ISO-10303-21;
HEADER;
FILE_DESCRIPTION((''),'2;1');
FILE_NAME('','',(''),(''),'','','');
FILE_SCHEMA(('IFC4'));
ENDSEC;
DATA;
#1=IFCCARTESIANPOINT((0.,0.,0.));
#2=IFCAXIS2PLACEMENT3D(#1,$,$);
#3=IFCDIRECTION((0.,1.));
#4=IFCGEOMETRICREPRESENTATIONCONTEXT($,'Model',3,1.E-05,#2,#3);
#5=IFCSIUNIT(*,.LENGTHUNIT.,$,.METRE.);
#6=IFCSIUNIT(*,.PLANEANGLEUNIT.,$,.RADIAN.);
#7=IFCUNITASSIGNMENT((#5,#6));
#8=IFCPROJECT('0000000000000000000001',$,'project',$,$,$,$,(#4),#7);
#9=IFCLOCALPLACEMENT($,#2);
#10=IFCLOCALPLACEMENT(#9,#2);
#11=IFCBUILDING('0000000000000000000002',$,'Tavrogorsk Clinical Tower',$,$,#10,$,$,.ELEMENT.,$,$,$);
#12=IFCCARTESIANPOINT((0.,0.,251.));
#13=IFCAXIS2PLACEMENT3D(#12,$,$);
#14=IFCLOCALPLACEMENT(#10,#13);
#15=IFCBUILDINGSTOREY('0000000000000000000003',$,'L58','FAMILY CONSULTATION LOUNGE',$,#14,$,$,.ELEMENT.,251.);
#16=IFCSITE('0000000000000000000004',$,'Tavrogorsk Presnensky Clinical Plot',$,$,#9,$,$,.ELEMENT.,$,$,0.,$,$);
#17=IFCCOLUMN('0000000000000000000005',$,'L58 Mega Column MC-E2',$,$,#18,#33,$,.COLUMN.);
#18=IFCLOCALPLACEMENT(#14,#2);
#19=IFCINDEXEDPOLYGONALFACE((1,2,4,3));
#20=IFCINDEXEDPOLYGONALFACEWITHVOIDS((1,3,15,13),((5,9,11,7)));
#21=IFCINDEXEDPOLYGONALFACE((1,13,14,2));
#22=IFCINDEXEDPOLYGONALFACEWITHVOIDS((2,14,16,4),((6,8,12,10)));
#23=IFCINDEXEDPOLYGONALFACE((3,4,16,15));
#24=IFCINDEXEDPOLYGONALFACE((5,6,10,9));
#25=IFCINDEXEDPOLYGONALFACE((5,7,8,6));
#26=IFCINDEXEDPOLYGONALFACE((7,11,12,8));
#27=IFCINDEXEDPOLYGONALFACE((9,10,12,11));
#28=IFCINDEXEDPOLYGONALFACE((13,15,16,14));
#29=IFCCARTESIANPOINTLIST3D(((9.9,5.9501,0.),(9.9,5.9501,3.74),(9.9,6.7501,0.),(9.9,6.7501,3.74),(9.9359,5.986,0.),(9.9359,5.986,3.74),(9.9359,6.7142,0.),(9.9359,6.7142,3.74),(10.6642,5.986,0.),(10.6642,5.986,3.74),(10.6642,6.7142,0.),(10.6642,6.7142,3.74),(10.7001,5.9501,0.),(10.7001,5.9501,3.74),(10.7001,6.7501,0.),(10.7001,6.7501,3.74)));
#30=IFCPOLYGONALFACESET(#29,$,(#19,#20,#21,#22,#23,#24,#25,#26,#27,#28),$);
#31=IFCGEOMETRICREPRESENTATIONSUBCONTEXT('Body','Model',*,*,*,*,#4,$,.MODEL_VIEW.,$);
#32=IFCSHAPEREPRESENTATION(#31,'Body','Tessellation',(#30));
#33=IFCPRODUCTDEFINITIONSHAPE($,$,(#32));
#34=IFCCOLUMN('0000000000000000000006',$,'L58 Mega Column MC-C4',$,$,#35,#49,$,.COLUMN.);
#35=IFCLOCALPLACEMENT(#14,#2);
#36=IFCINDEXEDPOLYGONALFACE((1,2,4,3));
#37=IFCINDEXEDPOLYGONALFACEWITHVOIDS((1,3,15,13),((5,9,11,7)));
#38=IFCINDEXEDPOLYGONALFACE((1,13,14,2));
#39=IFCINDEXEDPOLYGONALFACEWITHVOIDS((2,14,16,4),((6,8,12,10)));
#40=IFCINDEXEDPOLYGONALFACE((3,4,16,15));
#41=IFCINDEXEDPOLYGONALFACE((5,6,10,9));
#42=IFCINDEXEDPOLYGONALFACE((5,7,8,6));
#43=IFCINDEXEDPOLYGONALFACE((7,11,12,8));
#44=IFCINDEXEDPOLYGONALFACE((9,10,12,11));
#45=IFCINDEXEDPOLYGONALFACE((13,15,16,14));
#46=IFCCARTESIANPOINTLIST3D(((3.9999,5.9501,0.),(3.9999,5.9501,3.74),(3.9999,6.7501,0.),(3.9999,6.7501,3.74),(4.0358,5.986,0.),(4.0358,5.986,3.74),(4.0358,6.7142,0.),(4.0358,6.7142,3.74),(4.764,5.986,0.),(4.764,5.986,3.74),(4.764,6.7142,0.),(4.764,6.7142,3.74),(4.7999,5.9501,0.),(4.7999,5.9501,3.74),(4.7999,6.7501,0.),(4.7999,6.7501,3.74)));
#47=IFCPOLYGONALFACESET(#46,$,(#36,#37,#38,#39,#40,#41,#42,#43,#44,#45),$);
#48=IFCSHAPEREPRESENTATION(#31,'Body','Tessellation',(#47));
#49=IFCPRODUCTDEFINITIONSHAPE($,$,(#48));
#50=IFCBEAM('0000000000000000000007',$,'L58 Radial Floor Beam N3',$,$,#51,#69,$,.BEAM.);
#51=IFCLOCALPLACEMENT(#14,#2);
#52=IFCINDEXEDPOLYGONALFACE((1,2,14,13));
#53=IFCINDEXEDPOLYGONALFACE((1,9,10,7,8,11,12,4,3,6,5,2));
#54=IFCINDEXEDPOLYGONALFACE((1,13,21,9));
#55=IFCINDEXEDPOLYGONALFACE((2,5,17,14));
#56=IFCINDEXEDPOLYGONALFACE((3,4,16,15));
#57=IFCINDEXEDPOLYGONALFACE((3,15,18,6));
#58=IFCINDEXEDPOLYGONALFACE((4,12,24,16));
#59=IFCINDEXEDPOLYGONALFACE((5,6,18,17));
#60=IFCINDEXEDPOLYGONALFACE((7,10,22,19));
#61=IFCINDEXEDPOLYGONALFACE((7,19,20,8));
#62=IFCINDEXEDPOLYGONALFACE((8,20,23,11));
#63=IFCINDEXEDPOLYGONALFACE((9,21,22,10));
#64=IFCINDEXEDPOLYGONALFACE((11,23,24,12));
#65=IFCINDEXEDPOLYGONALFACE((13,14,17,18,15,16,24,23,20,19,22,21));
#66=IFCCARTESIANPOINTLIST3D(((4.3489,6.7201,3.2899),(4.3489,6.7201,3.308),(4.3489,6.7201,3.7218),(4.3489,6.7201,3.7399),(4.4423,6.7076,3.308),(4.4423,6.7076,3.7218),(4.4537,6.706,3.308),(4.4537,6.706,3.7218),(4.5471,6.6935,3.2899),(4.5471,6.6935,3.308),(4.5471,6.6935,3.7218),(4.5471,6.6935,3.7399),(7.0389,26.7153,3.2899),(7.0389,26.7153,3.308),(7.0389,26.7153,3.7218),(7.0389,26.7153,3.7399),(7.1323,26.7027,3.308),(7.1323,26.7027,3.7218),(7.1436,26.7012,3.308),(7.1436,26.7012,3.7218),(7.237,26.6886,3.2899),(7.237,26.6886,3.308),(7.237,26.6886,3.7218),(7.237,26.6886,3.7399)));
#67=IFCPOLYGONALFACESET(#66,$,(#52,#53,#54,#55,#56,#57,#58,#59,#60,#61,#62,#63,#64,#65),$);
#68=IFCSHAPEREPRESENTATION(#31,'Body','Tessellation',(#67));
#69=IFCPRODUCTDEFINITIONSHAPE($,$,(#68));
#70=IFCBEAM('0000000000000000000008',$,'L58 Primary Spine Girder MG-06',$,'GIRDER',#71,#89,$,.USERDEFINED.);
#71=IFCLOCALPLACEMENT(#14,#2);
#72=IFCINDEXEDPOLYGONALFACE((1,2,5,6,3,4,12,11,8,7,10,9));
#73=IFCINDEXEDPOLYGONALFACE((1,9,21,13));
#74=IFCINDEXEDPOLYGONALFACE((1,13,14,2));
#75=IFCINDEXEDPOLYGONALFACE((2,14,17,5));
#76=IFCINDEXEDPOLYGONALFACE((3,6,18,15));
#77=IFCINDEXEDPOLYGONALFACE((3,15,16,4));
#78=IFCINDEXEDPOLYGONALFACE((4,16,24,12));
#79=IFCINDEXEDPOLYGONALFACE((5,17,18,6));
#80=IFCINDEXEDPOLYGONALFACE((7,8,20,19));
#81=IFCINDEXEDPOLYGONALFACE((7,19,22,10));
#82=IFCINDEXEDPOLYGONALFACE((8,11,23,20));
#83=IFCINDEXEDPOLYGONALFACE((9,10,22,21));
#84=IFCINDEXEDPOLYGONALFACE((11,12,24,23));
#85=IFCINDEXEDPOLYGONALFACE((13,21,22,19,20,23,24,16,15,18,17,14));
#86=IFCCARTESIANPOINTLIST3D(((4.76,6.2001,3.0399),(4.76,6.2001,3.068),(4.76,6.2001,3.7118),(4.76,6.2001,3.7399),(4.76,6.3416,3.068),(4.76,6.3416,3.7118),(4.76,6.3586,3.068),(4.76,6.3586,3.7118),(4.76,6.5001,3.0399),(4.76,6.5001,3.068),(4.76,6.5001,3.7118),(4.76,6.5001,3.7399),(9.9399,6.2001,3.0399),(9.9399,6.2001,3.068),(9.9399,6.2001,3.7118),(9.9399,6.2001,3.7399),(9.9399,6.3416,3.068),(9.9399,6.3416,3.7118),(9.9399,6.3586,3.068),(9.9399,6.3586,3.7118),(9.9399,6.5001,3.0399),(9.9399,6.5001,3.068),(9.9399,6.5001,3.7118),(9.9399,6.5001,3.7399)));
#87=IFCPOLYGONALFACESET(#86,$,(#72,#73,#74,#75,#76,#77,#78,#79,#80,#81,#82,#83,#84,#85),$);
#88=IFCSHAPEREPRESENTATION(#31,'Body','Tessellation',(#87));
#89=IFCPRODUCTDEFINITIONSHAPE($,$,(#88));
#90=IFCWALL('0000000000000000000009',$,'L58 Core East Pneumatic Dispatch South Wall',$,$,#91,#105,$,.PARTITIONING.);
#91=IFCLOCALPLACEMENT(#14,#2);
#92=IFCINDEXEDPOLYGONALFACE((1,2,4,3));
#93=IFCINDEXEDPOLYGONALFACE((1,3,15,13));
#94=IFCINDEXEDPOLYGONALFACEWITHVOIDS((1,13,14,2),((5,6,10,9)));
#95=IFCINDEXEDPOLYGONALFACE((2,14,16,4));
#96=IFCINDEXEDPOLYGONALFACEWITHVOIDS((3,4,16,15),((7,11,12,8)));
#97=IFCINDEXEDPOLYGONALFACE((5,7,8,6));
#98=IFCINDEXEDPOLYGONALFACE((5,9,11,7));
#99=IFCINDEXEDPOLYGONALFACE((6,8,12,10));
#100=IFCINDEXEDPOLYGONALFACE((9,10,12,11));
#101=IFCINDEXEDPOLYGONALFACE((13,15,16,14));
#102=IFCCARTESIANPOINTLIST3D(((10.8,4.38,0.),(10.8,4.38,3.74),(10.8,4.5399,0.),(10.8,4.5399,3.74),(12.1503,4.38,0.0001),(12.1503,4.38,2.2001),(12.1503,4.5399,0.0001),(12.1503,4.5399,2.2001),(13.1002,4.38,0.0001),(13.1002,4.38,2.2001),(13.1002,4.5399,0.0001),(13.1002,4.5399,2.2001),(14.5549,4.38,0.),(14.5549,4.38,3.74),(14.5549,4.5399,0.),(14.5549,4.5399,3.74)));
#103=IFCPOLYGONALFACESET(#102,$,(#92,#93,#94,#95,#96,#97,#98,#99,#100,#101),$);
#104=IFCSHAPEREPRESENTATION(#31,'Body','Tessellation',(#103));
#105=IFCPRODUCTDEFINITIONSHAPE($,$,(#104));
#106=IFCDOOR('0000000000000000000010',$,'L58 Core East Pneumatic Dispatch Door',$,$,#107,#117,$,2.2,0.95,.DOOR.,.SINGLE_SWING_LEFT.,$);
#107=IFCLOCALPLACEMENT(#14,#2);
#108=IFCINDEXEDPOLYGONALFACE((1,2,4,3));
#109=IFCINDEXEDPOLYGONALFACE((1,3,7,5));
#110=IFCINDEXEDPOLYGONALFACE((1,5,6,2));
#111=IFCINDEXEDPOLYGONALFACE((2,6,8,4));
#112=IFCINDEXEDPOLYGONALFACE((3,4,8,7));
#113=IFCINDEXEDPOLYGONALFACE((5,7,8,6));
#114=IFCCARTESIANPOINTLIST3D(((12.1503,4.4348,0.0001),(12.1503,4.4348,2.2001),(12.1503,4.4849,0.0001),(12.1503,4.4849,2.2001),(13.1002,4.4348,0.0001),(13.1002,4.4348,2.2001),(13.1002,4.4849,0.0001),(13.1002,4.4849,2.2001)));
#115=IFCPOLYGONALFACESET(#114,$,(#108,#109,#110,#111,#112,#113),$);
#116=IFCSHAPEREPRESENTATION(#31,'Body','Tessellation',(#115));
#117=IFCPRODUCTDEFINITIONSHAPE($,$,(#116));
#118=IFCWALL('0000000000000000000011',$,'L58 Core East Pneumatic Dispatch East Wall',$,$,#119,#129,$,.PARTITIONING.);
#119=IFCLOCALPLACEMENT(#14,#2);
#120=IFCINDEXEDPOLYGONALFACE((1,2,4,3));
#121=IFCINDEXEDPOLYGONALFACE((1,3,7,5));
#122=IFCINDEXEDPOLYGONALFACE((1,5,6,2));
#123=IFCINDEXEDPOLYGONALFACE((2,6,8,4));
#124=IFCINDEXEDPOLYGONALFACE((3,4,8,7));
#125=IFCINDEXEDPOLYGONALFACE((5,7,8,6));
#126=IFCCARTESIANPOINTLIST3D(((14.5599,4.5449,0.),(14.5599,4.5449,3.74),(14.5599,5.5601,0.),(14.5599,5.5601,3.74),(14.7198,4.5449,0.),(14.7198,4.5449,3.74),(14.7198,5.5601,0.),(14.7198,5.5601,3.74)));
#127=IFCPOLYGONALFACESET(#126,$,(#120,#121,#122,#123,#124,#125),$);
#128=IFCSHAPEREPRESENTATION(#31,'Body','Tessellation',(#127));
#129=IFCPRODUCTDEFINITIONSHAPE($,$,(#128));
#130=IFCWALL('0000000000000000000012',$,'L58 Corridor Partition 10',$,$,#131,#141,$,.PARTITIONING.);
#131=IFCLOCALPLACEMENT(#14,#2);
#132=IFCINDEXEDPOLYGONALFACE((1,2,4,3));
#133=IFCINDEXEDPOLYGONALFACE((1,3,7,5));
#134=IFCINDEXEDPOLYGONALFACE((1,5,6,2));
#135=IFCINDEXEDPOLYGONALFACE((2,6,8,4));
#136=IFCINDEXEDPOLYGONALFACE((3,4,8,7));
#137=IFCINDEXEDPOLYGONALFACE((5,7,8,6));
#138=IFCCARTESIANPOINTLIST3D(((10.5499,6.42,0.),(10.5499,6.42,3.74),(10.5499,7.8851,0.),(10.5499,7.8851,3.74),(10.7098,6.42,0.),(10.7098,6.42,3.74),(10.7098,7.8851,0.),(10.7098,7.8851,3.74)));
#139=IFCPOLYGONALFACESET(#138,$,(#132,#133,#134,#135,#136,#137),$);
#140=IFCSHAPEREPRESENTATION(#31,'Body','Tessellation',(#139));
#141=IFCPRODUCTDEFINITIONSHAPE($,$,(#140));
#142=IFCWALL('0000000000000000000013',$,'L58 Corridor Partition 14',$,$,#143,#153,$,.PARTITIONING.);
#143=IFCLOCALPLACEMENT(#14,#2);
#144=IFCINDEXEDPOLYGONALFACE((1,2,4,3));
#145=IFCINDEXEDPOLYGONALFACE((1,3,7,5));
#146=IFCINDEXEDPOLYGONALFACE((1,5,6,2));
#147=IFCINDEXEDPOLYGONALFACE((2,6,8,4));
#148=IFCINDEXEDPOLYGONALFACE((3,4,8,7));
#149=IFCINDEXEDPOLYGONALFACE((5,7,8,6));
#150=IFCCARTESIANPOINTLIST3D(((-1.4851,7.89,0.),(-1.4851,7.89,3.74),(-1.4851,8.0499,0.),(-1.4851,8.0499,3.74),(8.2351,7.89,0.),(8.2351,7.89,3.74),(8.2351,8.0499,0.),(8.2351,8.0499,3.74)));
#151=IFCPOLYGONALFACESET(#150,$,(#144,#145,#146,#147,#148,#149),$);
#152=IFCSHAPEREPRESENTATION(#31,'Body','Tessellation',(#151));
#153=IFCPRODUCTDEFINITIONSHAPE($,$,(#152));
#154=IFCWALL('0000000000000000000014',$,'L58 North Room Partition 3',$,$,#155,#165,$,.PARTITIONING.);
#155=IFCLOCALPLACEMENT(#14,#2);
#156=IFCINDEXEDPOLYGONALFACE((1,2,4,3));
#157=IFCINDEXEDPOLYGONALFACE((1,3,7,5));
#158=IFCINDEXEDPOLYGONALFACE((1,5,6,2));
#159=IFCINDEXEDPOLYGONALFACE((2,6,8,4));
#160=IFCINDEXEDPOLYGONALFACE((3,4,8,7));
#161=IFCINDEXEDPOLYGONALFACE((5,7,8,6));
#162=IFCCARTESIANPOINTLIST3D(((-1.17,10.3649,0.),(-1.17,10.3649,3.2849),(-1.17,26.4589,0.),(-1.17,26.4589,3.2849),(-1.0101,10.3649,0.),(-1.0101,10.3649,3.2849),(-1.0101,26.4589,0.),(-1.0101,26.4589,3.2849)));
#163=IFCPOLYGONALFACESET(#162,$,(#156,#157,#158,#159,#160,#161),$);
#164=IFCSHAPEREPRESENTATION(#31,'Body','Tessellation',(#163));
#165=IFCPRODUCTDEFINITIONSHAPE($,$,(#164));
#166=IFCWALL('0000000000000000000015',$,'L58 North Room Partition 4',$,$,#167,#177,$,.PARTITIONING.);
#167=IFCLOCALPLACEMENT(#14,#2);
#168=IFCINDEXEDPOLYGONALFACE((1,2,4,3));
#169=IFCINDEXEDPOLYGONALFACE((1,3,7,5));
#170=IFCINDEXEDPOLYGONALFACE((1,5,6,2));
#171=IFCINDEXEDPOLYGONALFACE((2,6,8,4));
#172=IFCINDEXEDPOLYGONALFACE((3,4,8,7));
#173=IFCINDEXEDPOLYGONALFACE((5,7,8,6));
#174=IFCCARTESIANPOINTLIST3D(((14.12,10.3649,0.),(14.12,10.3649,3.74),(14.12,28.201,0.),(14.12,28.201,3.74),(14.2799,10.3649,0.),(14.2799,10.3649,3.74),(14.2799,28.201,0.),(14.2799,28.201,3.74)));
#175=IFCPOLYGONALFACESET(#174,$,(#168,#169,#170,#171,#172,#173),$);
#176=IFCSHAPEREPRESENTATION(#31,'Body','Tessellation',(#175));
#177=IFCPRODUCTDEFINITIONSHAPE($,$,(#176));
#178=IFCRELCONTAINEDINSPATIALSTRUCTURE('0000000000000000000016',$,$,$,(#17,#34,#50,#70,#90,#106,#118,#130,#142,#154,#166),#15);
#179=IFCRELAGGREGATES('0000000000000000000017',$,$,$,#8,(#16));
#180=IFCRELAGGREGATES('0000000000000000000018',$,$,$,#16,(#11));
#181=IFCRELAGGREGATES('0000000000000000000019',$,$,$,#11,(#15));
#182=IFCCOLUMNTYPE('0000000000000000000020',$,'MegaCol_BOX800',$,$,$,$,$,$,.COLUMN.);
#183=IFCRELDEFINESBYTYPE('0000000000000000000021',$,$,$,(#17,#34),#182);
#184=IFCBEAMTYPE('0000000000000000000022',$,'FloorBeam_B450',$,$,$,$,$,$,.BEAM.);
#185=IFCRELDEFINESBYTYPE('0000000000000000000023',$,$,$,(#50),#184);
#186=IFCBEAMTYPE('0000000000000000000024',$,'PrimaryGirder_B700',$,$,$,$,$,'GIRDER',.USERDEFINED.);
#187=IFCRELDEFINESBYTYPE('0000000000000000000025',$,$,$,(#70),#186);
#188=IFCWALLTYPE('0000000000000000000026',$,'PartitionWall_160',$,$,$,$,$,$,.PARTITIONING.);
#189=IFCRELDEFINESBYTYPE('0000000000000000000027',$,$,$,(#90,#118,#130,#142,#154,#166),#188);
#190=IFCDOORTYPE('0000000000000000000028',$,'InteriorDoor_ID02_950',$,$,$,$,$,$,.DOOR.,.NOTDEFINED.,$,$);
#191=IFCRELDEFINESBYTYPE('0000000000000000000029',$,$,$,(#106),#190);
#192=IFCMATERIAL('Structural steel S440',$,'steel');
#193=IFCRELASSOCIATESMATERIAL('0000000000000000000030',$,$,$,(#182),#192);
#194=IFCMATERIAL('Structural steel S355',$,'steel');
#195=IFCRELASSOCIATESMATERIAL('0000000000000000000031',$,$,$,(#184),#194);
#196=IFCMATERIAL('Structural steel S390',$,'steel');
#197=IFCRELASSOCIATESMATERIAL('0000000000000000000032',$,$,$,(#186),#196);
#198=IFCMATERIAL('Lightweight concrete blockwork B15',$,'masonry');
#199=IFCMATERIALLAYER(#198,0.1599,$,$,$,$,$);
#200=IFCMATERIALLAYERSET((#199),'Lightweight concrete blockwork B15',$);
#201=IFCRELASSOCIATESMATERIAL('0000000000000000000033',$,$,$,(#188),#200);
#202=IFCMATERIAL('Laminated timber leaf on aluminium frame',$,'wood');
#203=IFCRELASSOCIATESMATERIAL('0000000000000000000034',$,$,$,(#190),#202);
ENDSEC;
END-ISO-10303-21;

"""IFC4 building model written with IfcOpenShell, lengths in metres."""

from ifc_helpers import new_model, si_unit, direction, frame, frame_2d, origin, origin_2d, place, context, subcontext, project, spatial, rectangle, hollow_rectangle, i_section, extrude, material, layer, layer_set, material_profile, profile_set, type_object, element, fill, save


model = new_model("IFC4")

# Units and contexts
model_context = context("Model", 3, precision=1e-05, world=origin(), true_north=direction((0.0, 1.0)))
body_context = subcontext(model_context, "Body", "Model", "MODEL_VIEW")
ifc_project = project(units=[si_unit("LENGTHUNIT", "METRE"), si_unit("PLANEANGLEUNIT", "RADIAN")], contexts=[model_context])

# Site, building, storey
site_placement = place(None, origin())
site = spatial("IfcSite", under=ifc_project, at=site_placement, Name="Tavrogorsk Presnensky Clinical Plot", CompositionType="ELEMENT", RefElevation=0.0)
building_placement = place(site_placement, origin())
building = spatial("IfcBuilding", under=site, at=building_placement, Name="Tavrogorsk Clinical Tower", CompositionType="ELEMENT")
storey_placement = place(building_placement, frame((0.0, 0.0, 251.0)))
storey = spatial("IfcBuildingStorey", under=building, at=storey_placement, Name="L58", Description="FAMILY CONSULTATION LOUNGE", CompositionType="ELEMENT", Elevation=251.0)

# Columns
ifc_material_1 = material(Name="Structural steel S440", Category="steel")
ifc_material_profile_1 = material_profile(ifc_material_1, hollow_rectangle(XDim=0.8, YDim=0.8, WallThickness=0.0359, at=origin_2d()), Name="BOX-800x800x36")
ifc_profile_set_1 = profile_set([ifc_material_profile_1], Name="Structural steel S440")
column_type = type_object("IfcColumnType", Name="MegaCol_BOX800", PredefinedType="COLUMN", material=ifc_profile_set_1)
for number, where, z_axis, x_axis, name in (
    (1, (10.3, 6.3501, 0.0), (0.0, 0.0, 1.0), (1.0, 0.0, 0.0), "L58 Mega Column MC-E2"),
    (2, (4.3999, 6.3501, 0.0), (0.0, 0.0, 1.0), (1.0, 0.0, 0.0), "L58 Mega Column MC-C4"),
):
    element("IfcColumn", number, at=place(storey_placement, frame(where, z_axis=z_axis, x_axis=x_axis)), inside=storey, type_object=column_type, Name=name, PredefinedType="COLUMN", context=body_context, shape_type="SweptSolid", body=[
        extrude(hollow_rectangle(XDim=0.8, YDim=0.8, WallThickness=0.0359, at=origin_2d()), origin(), (0.0, 0.0, 1.0), 3.74),
    ])

# Beams
ifc_material_2 = material(Name="Structural steel S355", Category="steel")
ifc_material_profile_2 = material_profile(ifc_material_2, i_section(OverallWidth=0.2, OverallDepth=0.45, WebThickness=0.0115, FlangeThickness=0.0181, at=origin_2d()), Name="B-450x200x11.5x18")
ifc_profile_set_2 = profile_set([ifc_material_profile_2], Name="Structural steel S355")
beam_type_1 = type_object("IfcBeamType", Name="FloorBeam_B450", PredefinedType="BEAM", material=ifc_profile_set_2)
beam_1_placement = place(storey_placement, frame((4.448, 6.7068, 3.5149), z_axis=(0.133329, 0.991072, 0.0), x_axis=(-0.991072, 0.133329, 0.0)))
element("IfcBeam", 3, at=beam_1_placement, inside=storey, type_object=beam_type_1, Name="L58 Radial Floor Beam N3", PredefinedType="BEAM", context=body_context, shape_type="SweptSolid", body=[
    extrude(i_section(OverallWidth=0.2, OverallDepth=0.45, WebThickness=0.0115, FlangeThickness=0.0181, at=origin_2d()), origin(), (0.0, 0.0, 1.0), 20.1753),
])
ifc_material_3 = material(Name="Structural steel S390", Category="steel")
ifc_material_profile_3 = material_profile(ifc_material_3, i_section(OverallWidth=0.3, OverallDepth=0.7, WebThickness=0.0171, FlangeThickness=0.0281, at=origin_2d()), Name="B-700x300x17x28")
ifc_profile_set_3 = profile_set([ifc_material_profile_3], Name="Structural steel S390")
beam_type_2 = type_object("IfcBeamType", Name="PrimaryGirder_B700", ElementType="GIRDER", PredefinedType="USERDEFINED", material=ifc_profile_set_3)
beam_2_placement = place(storey_placement, frame((4.76, 6.3501, 3.3899), z_axis=(1.0, 0.0, 0.0), x_axis=(0.0, 1.0, 0.0)))
element("IfcBeam", 4, at=beam_2_placement, inside=storey, type_object=beam_type_2, Name="L58 Primary Spine Girder MG-06", ObjectType="GIRDER", PredefinedType="USERDEFINED", context=body_context, shape_type="SweptSolid", body=[
    extrude(i_section(OverallWidth=0.3, OverallDepth=0.7, WebThickness=0.0171, FlangeThickness=0.0281, at=origin_2d()), origin(), (0.0, 0.0, 1.0), 5.1799),
])

# Wall, opening, door
ifc_material_4 = material(Name="Lightweight concrete blockwork B15", Category="masonry")
ifc_layer_1 = layer(ifc_material_4, 0.1599)
ifc_layer_set_1 = layer_set([ifc_layer_1], Name="Lightweight concrete blockwork B15")
wall_type_1 = type_object("IfcWallType", Name="PartitionWall_160", PredefinedType="PARTITIONING", material=ifc_layer_set_1)
wall_1_placement = place(storey_placement, frame((10.8, 4.46, 0.0), z_axis=(0.0, 0.0, 1.0), x_axis=(1.0, 0.0, 0.0)))
wall_1 = element("IfcWall", 5, at=wall_1_placement, inside=storey, type_object=wall_type_1, Name="L58 Core East Pneumatic Dispatch South Wall", PredefinedType="PARTITIONING", context=body_context, shape_type="SweptSolid", body=[
    extrude(rectangle(XDim=3.7549, YDim=0.1599, at=frame_2d((1.8774, 0.0))), origin(), (0.0, 0.0, 1.0), 3.74),
])
opening_1_placement = place(wall_1_placement, frame((1.3501, 0.0, 0.0)))
opening_1 = element("IfcOpeningElement", 6, at=opening_1_placement, cuts=wall_1, PredefinedType="OPENING", context=body_context, shape_type="SweptSolid", body=[
    extrude(rectangle(XDim=0.95, YDim=2.2, at=frame_2d((0.4751, 1.1001))), frame((0.0, 0.0898, 0.0), z_axis=(0.0, -1.0, 0.0), x_axis=(1.0, 0.0, 0.0)), (0.0, 0.0, 1.0), 0.1799),
])
ifc_material_5 = material(Name="Laminated timber leaf on aluminium frame", Category="wood")
door_type_1 = type_object("IfcDoorType", Name="InteriorDoor_ID02_950", OperationType="NOTDEFINED", PredefinedType="DOOR", material=ifc_material_5)
door_1_placement = place(opening_1_placement, origin())
door_1 = element("IfcDoor", 7, at=door_1_placement, inside=storey, type_object=door_type_1, Name="L58 Core East Pneumatic Dispatch Door", OperationType="SINGLE_SWING_LEFT", OverallHeight=2.2, OverallWidth=0.95, PredefinedType="DOOR", context=body_context, shape_type="SweptSolid", body=[
    extrude(rectangle(XDim=0.95, YDim=2.2, at=frame_2d((0.4751, 1.1001))), frame((0.0, 0.0249, 0.0), z_axis=(0.0, -1.0, 0.0), x_axis=(1.0, 0.0, 0.0)), (0.0, 0.0, 1.0), 0.05),
])
fill(opening_1, door_1)

# Walls
wall_2_placement = place(storey_placement, frame((14.6399, 4.5449, 0.0), z_axis=(0.0, 0.0, 1.0), x_axis=(0.0, 1.0, 0.0)))
element("IfcWall", 8, at=wall_2_placement, inside=storey, type_object=wall_type_1, Name="L58 Core East Pneumatic Dispatch East Wall", PredefinedType="PARTITIONING", context=body_context, shape_type="SweptSolid", body=[
    extrude(rectangle(XDim=1.0151, YDim=0.1599, at=frame_2d((0.5076, 0.0))), origin(), (0.0, 0.0, 1.0), 3.74),
])
wall_3_placement = place(storey_placement, frame((10.6299, 7.885, 0.0), z_axis=(0.0, 0.0, 1.0), x_axis=(0.0, -1.0, 0.0)))
element("IfcWall", 9, at=wall_3_placement, inside=storey, type_object=wall_type_1, Name="L58 Corridor Partition 10", PredefinedType="PARTITIONING", context=body_context, shape_type="SweptSolid", body=[
    extrude(rectangle(XDim=1.4651, YDim=0.1599, at=frame_2d((0.7324, 0.0))), origin(), (0.0, 0.0, 1.0), 3.74),
])
wall_4_placement = place(storey_placement, frame((8.2351, 7.97, 0.0), z_axis=(0.0, 0.0, 1.0), x_axis=(-1.0, 0.0, 0.0)))
element("IfcWall", 10, at=wall_4_placement, inside=storey, type_object=wall_type_1, Name="L58 Corridor Partition 14", PredefinedType="PARTITIONING", context=body_context, shape_type="SweptSolid", body=[
    extrude(rectangle(XDim=9.7202, YDim=0.1599, at=frame_2d((4.8601, 0.0))), origin(), (0.0, 0.0, 1.0), 3.74),
])
wall_5_placement = place(storey_placement, frame((-1.0901, 10.365, 0.0), z_axis=(0.0, 0.0, 1.0), x_axis=(0.0, 1.0, 0.0)))
element("IfcWall", 11, at=wall_5_placement, inside=storey, type_object=wall_type_1, Name="L58 North Room Partition 3", PredefinedType="PARTITIONING", context=body_context, shape_type="SweptSolid", body=[
    extrude(rectangle(XDim=16.094, YDim=0.1599, at=frame_2d((8.0469, 0.0))), origin(), (0.0, 0.0, 1.0), 3.2849),
])
wall_6_placement = place(storey_placement, frame((14.2, 10.365, 0.0), z_axis=(0.0, 0.0, 1.0), x_axis=(0.0, 1.0, 0.0)))
element("IfcWall", 12, at=wall_6_placement, inside=storey, type_object=wall_type_1, Name="L58 North Room Partition 4", PredefinedType="PARTITIONING", context=body_context, shape_type="SweptSolid", body=[
    extrude(rectangle(XDim=17.8362, YDim=0.1599, at=frame_2d((8.918, 0.0))), origin(), (0.0, 0.0, 1.0), 3.74),
])

save(model, "model.ifc")
